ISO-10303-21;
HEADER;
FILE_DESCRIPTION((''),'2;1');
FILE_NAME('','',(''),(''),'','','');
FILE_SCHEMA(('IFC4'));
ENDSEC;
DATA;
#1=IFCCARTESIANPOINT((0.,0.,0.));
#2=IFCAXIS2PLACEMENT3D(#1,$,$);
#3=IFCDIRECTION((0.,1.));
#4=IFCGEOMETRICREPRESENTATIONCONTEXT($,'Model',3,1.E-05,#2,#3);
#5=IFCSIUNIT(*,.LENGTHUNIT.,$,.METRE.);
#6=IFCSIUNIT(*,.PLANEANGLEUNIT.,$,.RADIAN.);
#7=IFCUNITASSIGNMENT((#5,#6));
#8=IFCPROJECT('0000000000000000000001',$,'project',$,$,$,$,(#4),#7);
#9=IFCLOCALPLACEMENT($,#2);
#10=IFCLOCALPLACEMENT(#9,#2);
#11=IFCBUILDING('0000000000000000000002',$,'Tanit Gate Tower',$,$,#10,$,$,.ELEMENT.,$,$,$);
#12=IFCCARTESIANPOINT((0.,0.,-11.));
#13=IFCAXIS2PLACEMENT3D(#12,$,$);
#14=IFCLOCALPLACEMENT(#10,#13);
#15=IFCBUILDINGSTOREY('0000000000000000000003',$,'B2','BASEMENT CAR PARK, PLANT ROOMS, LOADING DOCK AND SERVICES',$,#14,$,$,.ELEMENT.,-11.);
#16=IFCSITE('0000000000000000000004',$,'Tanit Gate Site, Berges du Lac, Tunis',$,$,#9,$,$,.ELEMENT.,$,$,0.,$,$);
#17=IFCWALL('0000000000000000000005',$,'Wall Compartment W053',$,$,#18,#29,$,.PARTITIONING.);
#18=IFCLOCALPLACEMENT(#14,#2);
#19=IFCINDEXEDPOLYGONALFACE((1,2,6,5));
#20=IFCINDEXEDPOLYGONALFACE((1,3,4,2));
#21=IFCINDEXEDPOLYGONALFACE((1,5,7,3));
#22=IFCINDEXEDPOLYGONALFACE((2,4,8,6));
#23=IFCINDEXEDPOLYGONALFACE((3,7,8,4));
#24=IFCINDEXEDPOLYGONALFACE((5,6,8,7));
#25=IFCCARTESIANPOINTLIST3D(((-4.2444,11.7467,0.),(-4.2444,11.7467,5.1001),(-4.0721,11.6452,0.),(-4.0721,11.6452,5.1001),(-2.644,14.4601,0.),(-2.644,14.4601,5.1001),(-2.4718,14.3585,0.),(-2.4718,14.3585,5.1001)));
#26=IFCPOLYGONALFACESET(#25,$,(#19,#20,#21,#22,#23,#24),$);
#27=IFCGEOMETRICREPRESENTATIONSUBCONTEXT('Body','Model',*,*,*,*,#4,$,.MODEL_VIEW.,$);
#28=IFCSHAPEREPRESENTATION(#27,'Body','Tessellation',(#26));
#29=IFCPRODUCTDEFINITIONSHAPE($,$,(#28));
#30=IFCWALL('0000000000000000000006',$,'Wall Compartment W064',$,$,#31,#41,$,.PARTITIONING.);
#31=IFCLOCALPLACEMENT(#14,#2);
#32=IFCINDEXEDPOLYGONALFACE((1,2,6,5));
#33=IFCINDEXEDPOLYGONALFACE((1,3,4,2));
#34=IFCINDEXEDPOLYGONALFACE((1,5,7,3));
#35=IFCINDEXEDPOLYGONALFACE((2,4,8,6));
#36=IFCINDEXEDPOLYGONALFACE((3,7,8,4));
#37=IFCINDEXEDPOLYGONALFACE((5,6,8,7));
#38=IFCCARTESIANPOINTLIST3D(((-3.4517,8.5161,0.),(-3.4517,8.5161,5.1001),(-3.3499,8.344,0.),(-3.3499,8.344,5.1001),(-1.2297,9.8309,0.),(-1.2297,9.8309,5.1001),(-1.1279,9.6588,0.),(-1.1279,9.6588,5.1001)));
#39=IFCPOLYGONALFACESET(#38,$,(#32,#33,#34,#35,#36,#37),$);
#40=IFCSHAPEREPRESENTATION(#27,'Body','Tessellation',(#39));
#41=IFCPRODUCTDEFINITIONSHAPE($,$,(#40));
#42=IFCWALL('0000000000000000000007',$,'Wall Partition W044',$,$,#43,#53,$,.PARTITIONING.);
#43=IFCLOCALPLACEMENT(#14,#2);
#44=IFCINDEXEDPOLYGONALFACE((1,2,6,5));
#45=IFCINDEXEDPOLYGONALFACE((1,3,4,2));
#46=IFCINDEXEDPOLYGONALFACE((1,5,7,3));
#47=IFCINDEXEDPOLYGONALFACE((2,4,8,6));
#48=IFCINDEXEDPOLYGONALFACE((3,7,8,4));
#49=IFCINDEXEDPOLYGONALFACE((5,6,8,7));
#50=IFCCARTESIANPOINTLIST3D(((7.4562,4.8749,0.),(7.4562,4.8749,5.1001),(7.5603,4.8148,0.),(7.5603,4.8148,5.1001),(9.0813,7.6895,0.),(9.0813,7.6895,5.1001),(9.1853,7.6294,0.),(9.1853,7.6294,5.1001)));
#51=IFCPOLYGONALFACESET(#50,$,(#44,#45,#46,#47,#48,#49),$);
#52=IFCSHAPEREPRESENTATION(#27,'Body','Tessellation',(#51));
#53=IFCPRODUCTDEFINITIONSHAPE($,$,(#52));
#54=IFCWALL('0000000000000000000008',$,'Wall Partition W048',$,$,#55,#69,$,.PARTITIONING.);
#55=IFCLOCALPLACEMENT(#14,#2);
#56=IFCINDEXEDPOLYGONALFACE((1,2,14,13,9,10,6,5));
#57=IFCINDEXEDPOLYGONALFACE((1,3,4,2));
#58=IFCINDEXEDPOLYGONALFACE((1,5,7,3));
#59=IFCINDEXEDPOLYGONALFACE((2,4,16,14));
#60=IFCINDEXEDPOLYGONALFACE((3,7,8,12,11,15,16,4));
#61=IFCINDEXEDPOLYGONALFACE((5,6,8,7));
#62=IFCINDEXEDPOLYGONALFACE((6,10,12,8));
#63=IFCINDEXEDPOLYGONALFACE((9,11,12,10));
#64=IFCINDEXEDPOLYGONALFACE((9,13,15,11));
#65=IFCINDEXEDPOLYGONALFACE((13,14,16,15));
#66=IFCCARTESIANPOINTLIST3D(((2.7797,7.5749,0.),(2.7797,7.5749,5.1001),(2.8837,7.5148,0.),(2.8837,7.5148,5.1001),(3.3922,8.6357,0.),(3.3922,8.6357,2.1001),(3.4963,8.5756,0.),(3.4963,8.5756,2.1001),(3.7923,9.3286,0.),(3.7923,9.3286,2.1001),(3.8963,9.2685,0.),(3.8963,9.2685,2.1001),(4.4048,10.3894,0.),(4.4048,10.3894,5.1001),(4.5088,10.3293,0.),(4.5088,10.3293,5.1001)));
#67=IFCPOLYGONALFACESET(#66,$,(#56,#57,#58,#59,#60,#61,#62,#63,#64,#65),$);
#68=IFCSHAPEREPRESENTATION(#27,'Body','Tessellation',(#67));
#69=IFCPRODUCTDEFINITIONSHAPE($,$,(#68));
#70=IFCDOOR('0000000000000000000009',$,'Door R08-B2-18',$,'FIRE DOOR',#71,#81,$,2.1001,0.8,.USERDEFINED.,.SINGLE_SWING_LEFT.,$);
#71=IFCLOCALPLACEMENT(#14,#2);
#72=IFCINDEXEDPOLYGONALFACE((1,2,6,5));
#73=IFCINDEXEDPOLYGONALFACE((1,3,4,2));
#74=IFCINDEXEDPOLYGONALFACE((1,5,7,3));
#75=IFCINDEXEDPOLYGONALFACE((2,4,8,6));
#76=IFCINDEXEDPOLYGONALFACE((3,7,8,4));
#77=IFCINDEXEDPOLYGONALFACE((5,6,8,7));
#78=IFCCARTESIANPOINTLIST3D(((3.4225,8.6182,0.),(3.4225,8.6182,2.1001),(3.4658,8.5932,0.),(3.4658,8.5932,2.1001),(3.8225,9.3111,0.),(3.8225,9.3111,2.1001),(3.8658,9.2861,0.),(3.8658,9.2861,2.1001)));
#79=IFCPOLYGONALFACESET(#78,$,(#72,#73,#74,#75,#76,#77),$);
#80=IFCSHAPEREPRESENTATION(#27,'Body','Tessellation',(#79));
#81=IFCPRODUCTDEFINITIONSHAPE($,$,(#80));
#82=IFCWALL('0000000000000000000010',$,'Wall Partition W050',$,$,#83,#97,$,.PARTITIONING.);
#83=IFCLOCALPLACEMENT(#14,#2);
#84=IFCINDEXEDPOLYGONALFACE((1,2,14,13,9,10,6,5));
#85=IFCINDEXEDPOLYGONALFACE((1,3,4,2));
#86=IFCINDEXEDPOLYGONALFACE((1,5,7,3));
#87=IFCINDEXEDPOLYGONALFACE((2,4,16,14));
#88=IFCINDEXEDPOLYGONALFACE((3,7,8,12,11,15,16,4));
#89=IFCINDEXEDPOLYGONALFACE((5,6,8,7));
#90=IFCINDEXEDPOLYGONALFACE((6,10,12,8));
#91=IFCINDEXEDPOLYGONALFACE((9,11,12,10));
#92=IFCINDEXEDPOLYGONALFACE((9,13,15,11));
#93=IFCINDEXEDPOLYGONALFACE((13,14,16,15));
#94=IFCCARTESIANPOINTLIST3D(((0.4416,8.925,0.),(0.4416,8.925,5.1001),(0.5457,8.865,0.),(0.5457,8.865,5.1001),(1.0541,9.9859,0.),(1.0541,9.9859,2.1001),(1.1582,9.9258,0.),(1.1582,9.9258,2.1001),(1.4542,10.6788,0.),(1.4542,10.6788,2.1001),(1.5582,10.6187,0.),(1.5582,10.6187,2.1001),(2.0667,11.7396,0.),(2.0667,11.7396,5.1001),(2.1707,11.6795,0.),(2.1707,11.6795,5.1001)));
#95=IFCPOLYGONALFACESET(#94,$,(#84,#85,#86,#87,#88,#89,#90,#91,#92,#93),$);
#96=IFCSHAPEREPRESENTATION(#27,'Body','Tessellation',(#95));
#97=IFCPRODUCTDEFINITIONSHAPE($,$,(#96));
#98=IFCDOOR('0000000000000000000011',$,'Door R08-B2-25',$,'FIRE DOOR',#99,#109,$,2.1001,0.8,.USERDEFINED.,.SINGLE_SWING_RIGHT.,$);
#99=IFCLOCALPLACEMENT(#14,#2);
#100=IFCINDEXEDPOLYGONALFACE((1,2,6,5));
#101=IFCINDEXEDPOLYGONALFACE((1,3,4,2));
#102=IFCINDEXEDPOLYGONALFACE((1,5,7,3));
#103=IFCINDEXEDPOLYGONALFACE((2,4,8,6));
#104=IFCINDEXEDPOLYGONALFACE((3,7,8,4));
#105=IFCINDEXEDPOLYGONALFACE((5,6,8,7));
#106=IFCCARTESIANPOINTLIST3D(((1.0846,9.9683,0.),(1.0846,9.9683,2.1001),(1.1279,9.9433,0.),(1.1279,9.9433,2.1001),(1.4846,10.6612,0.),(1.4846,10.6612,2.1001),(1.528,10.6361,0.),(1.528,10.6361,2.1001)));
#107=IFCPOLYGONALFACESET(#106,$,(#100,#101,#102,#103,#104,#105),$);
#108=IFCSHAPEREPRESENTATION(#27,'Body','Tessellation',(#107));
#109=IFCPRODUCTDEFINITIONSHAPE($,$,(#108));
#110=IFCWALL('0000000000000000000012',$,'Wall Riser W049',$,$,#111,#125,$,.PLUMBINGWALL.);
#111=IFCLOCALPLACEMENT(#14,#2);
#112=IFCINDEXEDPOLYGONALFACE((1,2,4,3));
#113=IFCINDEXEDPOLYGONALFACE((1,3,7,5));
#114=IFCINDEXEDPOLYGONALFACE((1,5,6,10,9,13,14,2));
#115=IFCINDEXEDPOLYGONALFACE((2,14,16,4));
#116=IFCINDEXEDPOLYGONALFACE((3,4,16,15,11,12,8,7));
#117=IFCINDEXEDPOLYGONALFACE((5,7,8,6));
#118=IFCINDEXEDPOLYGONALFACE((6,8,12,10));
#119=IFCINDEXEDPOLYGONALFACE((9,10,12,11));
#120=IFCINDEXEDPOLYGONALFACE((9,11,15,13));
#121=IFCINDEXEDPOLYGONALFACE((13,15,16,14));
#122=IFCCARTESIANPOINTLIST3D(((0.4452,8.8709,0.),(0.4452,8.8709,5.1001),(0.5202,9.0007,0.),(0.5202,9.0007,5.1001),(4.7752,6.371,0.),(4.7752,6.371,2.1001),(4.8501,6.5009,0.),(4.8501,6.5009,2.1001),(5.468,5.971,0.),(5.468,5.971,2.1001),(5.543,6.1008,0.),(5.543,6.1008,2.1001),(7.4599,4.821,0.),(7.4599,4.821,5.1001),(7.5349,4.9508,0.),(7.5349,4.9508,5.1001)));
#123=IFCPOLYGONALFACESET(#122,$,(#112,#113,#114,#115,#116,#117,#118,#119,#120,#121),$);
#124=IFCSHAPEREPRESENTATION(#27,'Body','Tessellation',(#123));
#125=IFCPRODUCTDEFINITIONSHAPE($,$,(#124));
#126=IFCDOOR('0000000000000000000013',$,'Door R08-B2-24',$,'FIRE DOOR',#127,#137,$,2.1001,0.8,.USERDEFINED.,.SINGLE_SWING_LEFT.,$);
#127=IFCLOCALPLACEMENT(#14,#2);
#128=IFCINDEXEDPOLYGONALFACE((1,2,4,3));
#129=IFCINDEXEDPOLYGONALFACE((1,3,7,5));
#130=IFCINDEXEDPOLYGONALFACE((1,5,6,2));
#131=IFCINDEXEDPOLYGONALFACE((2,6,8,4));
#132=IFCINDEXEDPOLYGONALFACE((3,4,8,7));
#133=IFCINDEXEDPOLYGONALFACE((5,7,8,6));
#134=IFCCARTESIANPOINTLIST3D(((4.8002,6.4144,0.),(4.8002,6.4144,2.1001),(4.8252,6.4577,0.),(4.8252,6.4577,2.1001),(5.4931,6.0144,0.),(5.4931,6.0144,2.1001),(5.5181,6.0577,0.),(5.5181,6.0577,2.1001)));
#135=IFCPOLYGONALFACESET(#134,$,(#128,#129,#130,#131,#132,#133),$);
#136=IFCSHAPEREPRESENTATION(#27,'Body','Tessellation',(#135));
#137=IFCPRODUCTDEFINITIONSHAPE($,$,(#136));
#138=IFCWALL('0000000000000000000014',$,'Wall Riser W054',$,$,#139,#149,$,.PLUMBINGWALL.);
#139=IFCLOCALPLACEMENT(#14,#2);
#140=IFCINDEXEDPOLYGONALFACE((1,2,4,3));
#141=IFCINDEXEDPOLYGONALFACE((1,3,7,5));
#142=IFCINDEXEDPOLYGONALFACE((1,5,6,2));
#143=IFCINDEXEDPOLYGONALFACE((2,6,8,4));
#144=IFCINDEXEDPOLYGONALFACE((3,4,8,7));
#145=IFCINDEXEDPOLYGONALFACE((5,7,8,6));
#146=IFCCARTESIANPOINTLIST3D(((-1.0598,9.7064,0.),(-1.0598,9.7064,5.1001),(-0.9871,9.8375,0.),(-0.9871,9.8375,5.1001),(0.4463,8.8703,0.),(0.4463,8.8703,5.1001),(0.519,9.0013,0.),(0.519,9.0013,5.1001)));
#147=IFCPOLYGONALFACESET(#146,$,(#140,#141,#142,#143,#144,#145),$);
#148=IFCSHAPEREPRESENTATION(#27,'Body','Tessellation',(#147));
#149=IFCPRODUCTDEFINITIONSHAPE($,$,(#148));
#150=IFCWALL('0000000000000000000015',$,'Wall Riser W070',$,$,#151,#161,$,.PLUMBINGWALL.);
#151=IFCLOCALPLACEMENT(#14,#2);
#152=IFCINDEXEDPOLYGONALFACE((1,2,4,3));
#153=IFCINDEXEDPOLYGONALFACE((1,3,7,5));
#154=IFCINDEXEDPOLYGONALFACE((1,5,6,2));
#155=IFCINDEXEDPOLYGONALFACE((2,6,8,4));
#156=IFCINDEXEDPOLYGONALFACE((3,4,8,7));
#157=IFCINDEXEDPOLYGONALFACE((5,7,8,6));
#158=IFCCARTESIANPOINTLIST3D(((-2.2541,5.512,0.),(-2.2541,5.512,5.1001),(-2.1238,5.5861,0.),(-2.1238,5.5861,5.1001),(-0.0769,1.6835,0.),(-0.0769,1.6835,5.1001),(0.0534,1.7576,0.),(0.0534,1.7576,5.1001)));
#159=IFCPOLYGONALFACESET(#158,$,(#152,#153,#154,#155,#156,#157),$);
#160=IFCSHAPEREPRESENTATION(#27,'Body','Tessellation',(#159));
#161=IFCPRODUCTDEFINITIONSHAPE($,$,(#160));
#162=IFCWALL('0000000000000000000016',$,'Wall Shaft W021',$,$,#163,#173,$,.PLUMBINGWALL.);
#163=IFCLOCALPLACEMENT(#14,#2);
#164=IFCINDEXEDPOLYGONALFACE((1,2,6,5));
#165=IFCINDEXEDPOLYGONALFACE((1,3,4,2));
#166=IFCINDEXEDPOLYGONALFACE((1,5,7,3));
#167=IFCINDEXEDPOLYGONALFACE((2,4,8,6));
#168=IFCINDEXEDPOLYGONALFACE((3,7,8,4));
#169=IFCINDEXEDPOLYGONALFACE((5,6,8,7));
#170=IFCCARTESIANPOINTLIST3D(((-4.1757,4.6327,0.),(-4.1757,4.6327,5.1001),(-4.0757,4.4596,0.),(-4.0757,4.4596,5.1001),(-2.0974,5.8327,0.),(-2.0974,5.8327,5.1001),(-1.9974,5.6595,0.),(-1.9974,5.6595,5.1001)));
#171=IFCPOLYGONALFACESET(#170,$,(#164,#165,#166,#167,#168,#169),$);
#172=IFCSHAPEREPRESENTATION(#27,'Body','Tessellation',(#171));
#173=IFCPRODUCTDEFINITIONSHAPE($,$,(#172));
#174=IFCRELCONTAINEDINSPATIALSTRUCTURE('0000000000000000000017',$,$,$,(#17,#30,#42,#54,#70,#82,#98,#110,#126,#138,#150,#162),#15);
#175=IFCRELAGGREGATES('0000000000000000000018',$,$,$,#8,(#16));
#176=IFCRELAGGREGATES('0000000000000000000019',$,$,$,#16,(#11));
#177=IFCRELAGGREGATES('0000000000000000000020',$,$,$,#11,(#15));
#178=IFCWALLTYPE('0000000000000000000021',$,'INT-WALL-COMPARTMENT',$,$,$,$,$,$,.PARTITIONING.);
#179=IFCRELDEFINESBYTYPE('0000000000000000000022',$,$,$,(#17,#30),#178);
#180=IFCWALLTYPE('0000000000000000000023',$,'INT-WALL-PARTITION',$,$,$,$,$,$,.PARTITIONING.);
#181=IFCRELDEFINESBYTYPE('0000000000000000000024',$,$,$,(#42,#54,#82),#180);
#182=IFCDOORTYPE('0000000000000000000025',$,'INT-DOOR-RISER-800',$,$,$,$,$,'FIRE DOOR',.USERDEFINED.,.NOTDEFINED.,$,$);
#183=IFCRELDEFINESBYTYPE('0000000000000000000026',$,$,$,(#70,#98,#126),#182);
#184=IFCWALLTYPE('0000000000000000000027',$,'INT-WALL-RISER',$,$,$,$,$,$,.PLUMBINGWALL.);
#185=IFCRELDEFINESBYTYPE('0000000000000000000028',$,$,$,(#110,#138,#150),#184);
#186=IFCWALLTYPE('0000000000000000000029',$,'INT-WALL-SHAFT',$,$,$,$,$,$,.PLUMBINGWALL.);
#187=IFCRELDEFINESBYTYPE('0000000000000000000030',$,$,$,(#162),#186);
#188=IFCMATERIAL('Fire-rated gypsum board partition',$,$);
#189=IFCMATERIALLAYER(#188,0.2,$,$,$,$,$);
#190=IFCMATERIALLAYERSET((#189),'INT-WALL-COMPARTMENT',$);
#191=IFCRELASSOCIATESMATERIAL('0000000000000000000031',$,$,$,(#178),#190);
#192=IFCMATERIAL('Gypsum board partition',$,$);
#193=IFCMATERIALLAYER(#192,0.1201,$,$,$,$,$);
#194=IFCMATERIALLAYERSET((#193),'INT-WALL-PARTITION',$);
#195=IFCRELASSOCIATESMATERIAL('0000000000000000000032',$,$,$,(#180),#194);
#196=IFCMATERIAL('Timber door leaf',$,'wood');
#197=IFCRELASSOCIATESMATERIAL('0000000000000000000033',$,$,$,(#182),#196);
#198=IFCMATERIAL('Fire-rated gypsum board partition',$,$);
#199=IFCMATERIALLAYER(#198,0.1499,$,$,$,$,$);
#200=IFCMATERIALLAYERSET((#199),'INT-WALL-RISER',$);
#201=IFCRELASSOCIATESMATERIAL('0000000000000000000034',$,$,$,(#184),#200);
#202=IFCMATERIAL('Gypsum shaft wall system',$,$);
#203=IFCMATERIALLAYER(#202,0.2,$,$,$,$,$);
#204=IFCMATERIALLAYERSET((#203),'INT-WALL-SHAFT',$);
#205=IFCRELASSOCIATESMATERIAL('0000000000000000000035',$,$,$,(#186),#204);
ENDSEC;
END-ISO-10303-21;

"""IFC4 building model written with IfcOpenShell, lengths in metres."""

from ifc_helpers import new_model, si_unit, direction, frame, frame_2d, origin, place, context, subcontext, project, spatial, rectangle, extrude, material, layer, layer_set, type_object, element, fill, save


model = new_model("IFC4")

# Units and contexts
model_context = context("Model", 3, precision=1e-05, world=origin(), true_north=direction((0.0, 1.0)))
body_context = subcontext(model_context, "Body", "Model", "MODEL_VIEW")
ifc_project = project(units=[si_unit("LENGTHUNIT", "METRE"), si_unit("PLANEANGLEUNIT", "RADIAN")], contexts=[model_context])

# Site, building, storey
site_placement = place(None, origin())
site = spatial("IfcSite", under=ifc_project, at=site_placement, Name="Tanit Gate Site, Berges du Lac, Tunis", CompositionType="ELEMENT", RefElevation=0.0)
building_placement = place(site_placement, origin())
building = spatial("IfcBuilding", under=site, at=building_placement, Name="Tanit Gate Tower", CompositionType="ELEMENT")
storey_placement = place(building_placement, frame((0.0, 0.0, -11.0)))
storey = spatial("IfcBuildingStorey", under=building, at=storey_placement, Name="B2", Description="BASEMENT CAR PARK, PLANT ROOMS, LOADING DOCK AND SERVICES", CompositionType="ELEMENT", Elevation=-11.0)

# Walls
ifc_material_1 = material(Name="Fire-rated gypsum board partition")
ifc_layer_1 = layer(ifc_material_1, 0.2)
ifc_layer_set_1 = layer_set([ifc_layer_1], Name="INT-WALL-COMPARTMENT")
wall_type_1 = type_object("IfcWallType", Name="INT-WALL-COMPARTMENT", PredefinedType="PARTITIONING", material=ifc_layer_set_1)
wall_1_placement = place(storey_placement, frame((-2.5579, 14.4094, 0.0), z_axis=(0.0, 0.0, 1.0), x_axis=(-0.508019, -0.861346, 0.0)))
element("IfcWall", 1, at=wall_1_placement, inside=storey, type_object=wall_type_1, Name="Wall Compartment W053", PredefinedType="PARTITIONING", context=body_context, shape_type="SweptSolid", body=[
    extrude(rectangle(XDim=3.1501, YDim=0.2, at=frame_2d((1.5752, 0.0))), origin(), (0.0, 0.0, 1.0), 5.1001),
])
wall_2_placement = place(storey_placement, frame((-1.1787, 9.7449, 0.0), z_axis=(0.0, 0.0, 1.0), x_axis=(-0.860631, -0.509229, 0.0)))
element("IfcWall", 2, at=wall_2_placement, inside=storey, type_object=wall_type_1, Name="Wall Compartment W064", PredefinedType="PARTITIONING", context=body_context, shape_type="SweptSolid", body=[
    extrude(rectangle(XDim=2.5818, YDim=0.2, at=frame_2d((1.291, 0.0))), origin(), (0.0, 0.0, 1.0), 5.1001),
])
ifc_material_2 = material(Name="Gypsum board partition")
ifc_layer_2 = layer(ifc_material_2, 0.1201)
ifc_layer_set_2 = layer_set([ifc_layer_2], Name="INT-WALL-PARTITION")
wall_type_2 = type_object("IfcWallType", Name="INT-WALL-PARTITION", PredefinedType="PARTITIONING", material=ifc_layer_set_2)
wall_3_placement = place(storey_placement, frame((9.1333, 7.6594, 0.0), z_axis=(0.0, 0.0, 1.0), x_axis=(-0.500017, -0.866015, 0.0)))
element("IfcWall", 3, at=wall_3_placement, inside=storey, type_object=wall_type_2, Name="Wall Partition W044", PredefinedType="PARTITIONING", context=body_context, shape_type="SweptSolid", body=[
    extrude(rectangle(XDim=3.25, YDim=0.1201, at=frame_2d((1.625, 0.0))), origin(), (0.0, 0.0, 1.0), 5.1001),
])

# Walls, openings, doors
wall_4_placement = place(storey_placement, frame((4.4568, 10.3594, 0.0), z_axis=(0.0, 0.0, 1.0), x_axis=(-0.500017, -0.866015, 0.0)))
wall_4 = element("IfcWall", 4, at=wall_4_placement, inside=storey, type_object=wall_type_2, Name="Wall Partition W048", PredefinedType="PARTITIONING", context=body_context, shape_type="SweptSolid", body=[
    extrude(rectangle(XDim=3.25, YDim=0.1201, at=frame_2d((1.625, 0.0))), origin(), (0.0, 0.0, 1.0), 5.1001),
])
opening_1_placement = place(wall_4_placement, frame((1.2251, 0.0, 0.0)))
opening_1 = element("IfcOpeningElement", 5, at=opening_1_placement, cuts=wall_4, PredefinedType="OPENING", context=body_context, shape_type="SweptSolid", body=[
    extrude(rectangle(XDim=0.8, YDim=2.1001, at=frame_2d((0.3999, 1.05))), frame((0.0, 0.0701, 0.0), z_axis=(0.0, -1.0, 0.0), x_axis=(1.0, 0.0, 0.0)), (0.0, 0.0, 1.0), 0.1401),
])
ifc_material_3 = material(Name="Timber door leaf", Category="wood")
door_type = type_object("IfcDoorType", Name="INT-DOOR-RISER-800", ElementType="FIRE DOOR", OperationType="NOTDEFINED", PredefinedType="USERDEFINED", material=ifc_material_3)
door_1_placement = place(opening_1_placement, origin())
door_1 = element("IfcDoor", 6, at=door_1_placement, inside=storey, type_object=door_type, Name="Door R08-B2-18", ObjectType="FIRE DOOR", OperationType="SINGLE_SWING_LEFT", OverallHeight=2.1001, OverallWidth=0.8, PredefinedType="USERDEFINED", context=body_context, shape_type="SweptSolid", body=[
    extrude(rectangle(XDim=0.8, YDim=2.1001, at=frame_2d((0.3999, 1.05))), frame((0.0, 0.0249, 0.0), z_axis=(0.0, -1.0, 0.0), x_axis=(1.0, 0.0, 0.0)), (0.0, 0.0, 1.0), 0.05),
])
fill(opening_1, door_1)
wall_5_placement = place(storey_placement, frame((0.4937, 8.895, 0.0), z_axis=(0.0, 0.0, 1.0), x_axis=(0.500017, 0.866015, 0.0)))
wall_5 = element("IfcWall", 7, at=wall_5_placement, inside=storey, type_object=wall_type_2, Name="Wall Partition W050", PredefinedType="PARTITIONING", context=body_context, shape_type="SweptSolid", body=[
    extrude(rectangle(XDim=3.25, YDim=0.1201, at=frame_2d((1.625, 0.0))), origin(), (0.0, 0.0, 1.0), 5.1001),
])
opening_2_placement = place(wall_5_placement, frame((1.2251, 0.0, 0.0)))
opening_2 = element("IfcOpeningElement", 8, at=opening_2_placement, cuts=wall_5, PredefinedType="OPENING", context=body_context, shape_type="SweptSolid", body=[
    extrude(rectangle(XDim=0.8, YDim=2.1001, at=frame_2d((0.3999, 1.05))), frame((0.0, 0.0701, 0.0), z_axis=(0.0, -1.0, 0.0), x_axis=(1.0, 0.0, 0.0)), (0.0, 0.0, 1.0), 0.1401),
])
door_2_placement = place(opening_2_placement, origin())
door_2 = element("IfcDoor", 9, at=door_2_placement, inside=storey, type_object=door_type, Name="Door R08-B2-25", ObjectType="FIRE DOOR", OperationType="SINGLE_SWING_RIGHT", OverallHeight=2.1001, OverallWidth=0.8, PredefinedType="USERDEFINED", context=body_context, shape_type="SweptSolid", body=[
    extrude(rectangle(XDim=0.8, YDim=2.1001, at=frame_2d((0.3999, 1.05))), frame((0.0, 0.0249, 0.0), z_axis=(0.0, -1.0, 0.0), x_axis=(1.0, 0.0, 0.0)), (0.0, 0.0, 1.0), 0.05),
])
fill(opening_2, door_2)
ifc_material_4 = material(Name="Fire-rated gypsum board partition")
ifc_layer_3 = layer(ifc_material_4, 0.1499)
ifc_layer_set_3 = layer_set([ifc_layer_3], Name="INT-WALL-RISER")
wall_type_3 = type_object("IfcWallType", Name="INT-WALL-RISER", PredefinedType="PLUMBINGWALL", material=ifc_layer_set_3)
wall_6_placement = place(storey_placement, frame((7.4973, 4.886, 0.0), z_axis=(0.0, 0.0, 1.0), x_axis=(-0.866031, 0.49999, 0.0)))
wall_6 = element("IfcWall", 10, at=wall_6_placement, inside=storey, type_object=wall_type_3, Name="Wall Riser W049", PredefinedType="PLUMBINGWALL", context=body_context, shape_type="SweptSolid", body=[
    extrude(rectangle(XDim=8.0999, YDim=0.1499, at=frame_2d((4.0498, 0.0))), origin(), (0.0, 0.0, 1.0), 5.1001),
])
opening_3_placement = place(wall_6_placement, frame((2.3, 0.0, 0.0)))
opening_3 = element("IfcOpeningElement", 11, at=opening_3_placement, cuts=wall_6, PredefinedType="OPENING", context=body_context, shape_type="SweptSolid", body=[
    extrude(rectangle(XDim=0.8, YDim=2.1001, at=frame_2d((0.3999, 1.05))), frame((0.0, 0.085, 0.0), z_axis=(0.0, -1.0, 0.0), x_axis=(1.0, 0.0, 0.0)), (0.0, 0.0, 1.0), 0.1699),
])
door_3_placement = place(opening_3_placement, origin())
door_3 = element("IfcDoor", 12, at=door_3_placement, inside=storey, type_object=door_type, Name="Door R08-B2-24", ObjectType="FIRE DOOR", OperationType="SINGLE_SWING_LEFT", OverallHeight=2.1001, OverallWidth=0.8, PredefinedType="USERDEFINED", context=body_context, shape_type="SweptSolid", body=[
    extrude(rectangle(XDim=0.8, YDim=2.1001, at=frame_2d((0.3999, 1.05))), frame((0.0, 0.0249, 0.0), z_axis=(0.0, -1.0, 0.0), x_axis=(1.0, 0.0, 0.0)), (0.0, 0.0, 1.0), 0.05),
])
fill(opening_3, door_3)

# Walls
wall_7_placement = place(storey_placement, frame((0.4827, 8.9358, 0.0), z_axis=(0.0, 0.0, 1.0), x_axis=(-0.874291, 0.485402, 0.0)))
element("IfcWall", 13, at=wall_7_placement, inside=storey, type_object=wall_type_3, Name="Wall Riser W054", PredefinedType="PLUMBINGWALL", context=body_context, shape_type="SweptSolid", body=[
    extrude(rectangle(XDim=1.7227, YDim=0.1499, at=frame_2d((0.8613, 0.0))), origin(), (0.0, 0.0, 1.0), 5.1001),
])
wall_8_placement = place(storey_placement, frame((-2.189, 5.5491, 0.0), z_axis=(0.0, 0.0, 1.0), x_axis=(0.494335, -0.869271, 0.0)))
element("IfcWall", 14, at=wall_8_placement, inside=storey, type_object=wall_type_3, Name="Wall Riser W070", PredefinedType="PLUMBINGWALL", context=body_context, shape_type="SweptSolid", body=[
    extrude(rectangle(XDim=4.4043, YDim=0.1499, at=frame_2d((2.2021, 0.0))), origin(), (0.0, 0.0, 1.0), 5.1001),
])
ifc_material_5 = material(Name="Gypsum shaft wall system")
ifc_layer_4 = layer(ifc_material_5, 0.2)
ifc_layer_set_4 = layer_set([ifc_layer_4], Name="INT-WALL-SHAFT")
wall_type_4 = type_object("IfcWallType", Name="INT-WALL-SHAFT", PredefinedType="PLUMBINGWALL", material=ifc_layer_set_4)
wall_9_placement = place(storey_placement, frame((-2.0474, 5.7461, 0.0), z_axis=(0.0, 0.0, 1.0), x_axis=(-0.866025, -0.500001, 0.0)))
element("IfcWall", 15, at=wall_9_placement, inside=storey, type_object=wall_type_4, Name="Wall Shaft W021", PredefinedType="PLUMBINGWALL", context=body_context, shape_type="SweptSolid", body=[
    extrude(rectangle(XDim=2.3999, YDim=0.2, at=frame_2d((1.2, 0.0))), origin(), (0.0, 0.0, 1.0), 5.1001),
])

save(model, "model.ifc")
